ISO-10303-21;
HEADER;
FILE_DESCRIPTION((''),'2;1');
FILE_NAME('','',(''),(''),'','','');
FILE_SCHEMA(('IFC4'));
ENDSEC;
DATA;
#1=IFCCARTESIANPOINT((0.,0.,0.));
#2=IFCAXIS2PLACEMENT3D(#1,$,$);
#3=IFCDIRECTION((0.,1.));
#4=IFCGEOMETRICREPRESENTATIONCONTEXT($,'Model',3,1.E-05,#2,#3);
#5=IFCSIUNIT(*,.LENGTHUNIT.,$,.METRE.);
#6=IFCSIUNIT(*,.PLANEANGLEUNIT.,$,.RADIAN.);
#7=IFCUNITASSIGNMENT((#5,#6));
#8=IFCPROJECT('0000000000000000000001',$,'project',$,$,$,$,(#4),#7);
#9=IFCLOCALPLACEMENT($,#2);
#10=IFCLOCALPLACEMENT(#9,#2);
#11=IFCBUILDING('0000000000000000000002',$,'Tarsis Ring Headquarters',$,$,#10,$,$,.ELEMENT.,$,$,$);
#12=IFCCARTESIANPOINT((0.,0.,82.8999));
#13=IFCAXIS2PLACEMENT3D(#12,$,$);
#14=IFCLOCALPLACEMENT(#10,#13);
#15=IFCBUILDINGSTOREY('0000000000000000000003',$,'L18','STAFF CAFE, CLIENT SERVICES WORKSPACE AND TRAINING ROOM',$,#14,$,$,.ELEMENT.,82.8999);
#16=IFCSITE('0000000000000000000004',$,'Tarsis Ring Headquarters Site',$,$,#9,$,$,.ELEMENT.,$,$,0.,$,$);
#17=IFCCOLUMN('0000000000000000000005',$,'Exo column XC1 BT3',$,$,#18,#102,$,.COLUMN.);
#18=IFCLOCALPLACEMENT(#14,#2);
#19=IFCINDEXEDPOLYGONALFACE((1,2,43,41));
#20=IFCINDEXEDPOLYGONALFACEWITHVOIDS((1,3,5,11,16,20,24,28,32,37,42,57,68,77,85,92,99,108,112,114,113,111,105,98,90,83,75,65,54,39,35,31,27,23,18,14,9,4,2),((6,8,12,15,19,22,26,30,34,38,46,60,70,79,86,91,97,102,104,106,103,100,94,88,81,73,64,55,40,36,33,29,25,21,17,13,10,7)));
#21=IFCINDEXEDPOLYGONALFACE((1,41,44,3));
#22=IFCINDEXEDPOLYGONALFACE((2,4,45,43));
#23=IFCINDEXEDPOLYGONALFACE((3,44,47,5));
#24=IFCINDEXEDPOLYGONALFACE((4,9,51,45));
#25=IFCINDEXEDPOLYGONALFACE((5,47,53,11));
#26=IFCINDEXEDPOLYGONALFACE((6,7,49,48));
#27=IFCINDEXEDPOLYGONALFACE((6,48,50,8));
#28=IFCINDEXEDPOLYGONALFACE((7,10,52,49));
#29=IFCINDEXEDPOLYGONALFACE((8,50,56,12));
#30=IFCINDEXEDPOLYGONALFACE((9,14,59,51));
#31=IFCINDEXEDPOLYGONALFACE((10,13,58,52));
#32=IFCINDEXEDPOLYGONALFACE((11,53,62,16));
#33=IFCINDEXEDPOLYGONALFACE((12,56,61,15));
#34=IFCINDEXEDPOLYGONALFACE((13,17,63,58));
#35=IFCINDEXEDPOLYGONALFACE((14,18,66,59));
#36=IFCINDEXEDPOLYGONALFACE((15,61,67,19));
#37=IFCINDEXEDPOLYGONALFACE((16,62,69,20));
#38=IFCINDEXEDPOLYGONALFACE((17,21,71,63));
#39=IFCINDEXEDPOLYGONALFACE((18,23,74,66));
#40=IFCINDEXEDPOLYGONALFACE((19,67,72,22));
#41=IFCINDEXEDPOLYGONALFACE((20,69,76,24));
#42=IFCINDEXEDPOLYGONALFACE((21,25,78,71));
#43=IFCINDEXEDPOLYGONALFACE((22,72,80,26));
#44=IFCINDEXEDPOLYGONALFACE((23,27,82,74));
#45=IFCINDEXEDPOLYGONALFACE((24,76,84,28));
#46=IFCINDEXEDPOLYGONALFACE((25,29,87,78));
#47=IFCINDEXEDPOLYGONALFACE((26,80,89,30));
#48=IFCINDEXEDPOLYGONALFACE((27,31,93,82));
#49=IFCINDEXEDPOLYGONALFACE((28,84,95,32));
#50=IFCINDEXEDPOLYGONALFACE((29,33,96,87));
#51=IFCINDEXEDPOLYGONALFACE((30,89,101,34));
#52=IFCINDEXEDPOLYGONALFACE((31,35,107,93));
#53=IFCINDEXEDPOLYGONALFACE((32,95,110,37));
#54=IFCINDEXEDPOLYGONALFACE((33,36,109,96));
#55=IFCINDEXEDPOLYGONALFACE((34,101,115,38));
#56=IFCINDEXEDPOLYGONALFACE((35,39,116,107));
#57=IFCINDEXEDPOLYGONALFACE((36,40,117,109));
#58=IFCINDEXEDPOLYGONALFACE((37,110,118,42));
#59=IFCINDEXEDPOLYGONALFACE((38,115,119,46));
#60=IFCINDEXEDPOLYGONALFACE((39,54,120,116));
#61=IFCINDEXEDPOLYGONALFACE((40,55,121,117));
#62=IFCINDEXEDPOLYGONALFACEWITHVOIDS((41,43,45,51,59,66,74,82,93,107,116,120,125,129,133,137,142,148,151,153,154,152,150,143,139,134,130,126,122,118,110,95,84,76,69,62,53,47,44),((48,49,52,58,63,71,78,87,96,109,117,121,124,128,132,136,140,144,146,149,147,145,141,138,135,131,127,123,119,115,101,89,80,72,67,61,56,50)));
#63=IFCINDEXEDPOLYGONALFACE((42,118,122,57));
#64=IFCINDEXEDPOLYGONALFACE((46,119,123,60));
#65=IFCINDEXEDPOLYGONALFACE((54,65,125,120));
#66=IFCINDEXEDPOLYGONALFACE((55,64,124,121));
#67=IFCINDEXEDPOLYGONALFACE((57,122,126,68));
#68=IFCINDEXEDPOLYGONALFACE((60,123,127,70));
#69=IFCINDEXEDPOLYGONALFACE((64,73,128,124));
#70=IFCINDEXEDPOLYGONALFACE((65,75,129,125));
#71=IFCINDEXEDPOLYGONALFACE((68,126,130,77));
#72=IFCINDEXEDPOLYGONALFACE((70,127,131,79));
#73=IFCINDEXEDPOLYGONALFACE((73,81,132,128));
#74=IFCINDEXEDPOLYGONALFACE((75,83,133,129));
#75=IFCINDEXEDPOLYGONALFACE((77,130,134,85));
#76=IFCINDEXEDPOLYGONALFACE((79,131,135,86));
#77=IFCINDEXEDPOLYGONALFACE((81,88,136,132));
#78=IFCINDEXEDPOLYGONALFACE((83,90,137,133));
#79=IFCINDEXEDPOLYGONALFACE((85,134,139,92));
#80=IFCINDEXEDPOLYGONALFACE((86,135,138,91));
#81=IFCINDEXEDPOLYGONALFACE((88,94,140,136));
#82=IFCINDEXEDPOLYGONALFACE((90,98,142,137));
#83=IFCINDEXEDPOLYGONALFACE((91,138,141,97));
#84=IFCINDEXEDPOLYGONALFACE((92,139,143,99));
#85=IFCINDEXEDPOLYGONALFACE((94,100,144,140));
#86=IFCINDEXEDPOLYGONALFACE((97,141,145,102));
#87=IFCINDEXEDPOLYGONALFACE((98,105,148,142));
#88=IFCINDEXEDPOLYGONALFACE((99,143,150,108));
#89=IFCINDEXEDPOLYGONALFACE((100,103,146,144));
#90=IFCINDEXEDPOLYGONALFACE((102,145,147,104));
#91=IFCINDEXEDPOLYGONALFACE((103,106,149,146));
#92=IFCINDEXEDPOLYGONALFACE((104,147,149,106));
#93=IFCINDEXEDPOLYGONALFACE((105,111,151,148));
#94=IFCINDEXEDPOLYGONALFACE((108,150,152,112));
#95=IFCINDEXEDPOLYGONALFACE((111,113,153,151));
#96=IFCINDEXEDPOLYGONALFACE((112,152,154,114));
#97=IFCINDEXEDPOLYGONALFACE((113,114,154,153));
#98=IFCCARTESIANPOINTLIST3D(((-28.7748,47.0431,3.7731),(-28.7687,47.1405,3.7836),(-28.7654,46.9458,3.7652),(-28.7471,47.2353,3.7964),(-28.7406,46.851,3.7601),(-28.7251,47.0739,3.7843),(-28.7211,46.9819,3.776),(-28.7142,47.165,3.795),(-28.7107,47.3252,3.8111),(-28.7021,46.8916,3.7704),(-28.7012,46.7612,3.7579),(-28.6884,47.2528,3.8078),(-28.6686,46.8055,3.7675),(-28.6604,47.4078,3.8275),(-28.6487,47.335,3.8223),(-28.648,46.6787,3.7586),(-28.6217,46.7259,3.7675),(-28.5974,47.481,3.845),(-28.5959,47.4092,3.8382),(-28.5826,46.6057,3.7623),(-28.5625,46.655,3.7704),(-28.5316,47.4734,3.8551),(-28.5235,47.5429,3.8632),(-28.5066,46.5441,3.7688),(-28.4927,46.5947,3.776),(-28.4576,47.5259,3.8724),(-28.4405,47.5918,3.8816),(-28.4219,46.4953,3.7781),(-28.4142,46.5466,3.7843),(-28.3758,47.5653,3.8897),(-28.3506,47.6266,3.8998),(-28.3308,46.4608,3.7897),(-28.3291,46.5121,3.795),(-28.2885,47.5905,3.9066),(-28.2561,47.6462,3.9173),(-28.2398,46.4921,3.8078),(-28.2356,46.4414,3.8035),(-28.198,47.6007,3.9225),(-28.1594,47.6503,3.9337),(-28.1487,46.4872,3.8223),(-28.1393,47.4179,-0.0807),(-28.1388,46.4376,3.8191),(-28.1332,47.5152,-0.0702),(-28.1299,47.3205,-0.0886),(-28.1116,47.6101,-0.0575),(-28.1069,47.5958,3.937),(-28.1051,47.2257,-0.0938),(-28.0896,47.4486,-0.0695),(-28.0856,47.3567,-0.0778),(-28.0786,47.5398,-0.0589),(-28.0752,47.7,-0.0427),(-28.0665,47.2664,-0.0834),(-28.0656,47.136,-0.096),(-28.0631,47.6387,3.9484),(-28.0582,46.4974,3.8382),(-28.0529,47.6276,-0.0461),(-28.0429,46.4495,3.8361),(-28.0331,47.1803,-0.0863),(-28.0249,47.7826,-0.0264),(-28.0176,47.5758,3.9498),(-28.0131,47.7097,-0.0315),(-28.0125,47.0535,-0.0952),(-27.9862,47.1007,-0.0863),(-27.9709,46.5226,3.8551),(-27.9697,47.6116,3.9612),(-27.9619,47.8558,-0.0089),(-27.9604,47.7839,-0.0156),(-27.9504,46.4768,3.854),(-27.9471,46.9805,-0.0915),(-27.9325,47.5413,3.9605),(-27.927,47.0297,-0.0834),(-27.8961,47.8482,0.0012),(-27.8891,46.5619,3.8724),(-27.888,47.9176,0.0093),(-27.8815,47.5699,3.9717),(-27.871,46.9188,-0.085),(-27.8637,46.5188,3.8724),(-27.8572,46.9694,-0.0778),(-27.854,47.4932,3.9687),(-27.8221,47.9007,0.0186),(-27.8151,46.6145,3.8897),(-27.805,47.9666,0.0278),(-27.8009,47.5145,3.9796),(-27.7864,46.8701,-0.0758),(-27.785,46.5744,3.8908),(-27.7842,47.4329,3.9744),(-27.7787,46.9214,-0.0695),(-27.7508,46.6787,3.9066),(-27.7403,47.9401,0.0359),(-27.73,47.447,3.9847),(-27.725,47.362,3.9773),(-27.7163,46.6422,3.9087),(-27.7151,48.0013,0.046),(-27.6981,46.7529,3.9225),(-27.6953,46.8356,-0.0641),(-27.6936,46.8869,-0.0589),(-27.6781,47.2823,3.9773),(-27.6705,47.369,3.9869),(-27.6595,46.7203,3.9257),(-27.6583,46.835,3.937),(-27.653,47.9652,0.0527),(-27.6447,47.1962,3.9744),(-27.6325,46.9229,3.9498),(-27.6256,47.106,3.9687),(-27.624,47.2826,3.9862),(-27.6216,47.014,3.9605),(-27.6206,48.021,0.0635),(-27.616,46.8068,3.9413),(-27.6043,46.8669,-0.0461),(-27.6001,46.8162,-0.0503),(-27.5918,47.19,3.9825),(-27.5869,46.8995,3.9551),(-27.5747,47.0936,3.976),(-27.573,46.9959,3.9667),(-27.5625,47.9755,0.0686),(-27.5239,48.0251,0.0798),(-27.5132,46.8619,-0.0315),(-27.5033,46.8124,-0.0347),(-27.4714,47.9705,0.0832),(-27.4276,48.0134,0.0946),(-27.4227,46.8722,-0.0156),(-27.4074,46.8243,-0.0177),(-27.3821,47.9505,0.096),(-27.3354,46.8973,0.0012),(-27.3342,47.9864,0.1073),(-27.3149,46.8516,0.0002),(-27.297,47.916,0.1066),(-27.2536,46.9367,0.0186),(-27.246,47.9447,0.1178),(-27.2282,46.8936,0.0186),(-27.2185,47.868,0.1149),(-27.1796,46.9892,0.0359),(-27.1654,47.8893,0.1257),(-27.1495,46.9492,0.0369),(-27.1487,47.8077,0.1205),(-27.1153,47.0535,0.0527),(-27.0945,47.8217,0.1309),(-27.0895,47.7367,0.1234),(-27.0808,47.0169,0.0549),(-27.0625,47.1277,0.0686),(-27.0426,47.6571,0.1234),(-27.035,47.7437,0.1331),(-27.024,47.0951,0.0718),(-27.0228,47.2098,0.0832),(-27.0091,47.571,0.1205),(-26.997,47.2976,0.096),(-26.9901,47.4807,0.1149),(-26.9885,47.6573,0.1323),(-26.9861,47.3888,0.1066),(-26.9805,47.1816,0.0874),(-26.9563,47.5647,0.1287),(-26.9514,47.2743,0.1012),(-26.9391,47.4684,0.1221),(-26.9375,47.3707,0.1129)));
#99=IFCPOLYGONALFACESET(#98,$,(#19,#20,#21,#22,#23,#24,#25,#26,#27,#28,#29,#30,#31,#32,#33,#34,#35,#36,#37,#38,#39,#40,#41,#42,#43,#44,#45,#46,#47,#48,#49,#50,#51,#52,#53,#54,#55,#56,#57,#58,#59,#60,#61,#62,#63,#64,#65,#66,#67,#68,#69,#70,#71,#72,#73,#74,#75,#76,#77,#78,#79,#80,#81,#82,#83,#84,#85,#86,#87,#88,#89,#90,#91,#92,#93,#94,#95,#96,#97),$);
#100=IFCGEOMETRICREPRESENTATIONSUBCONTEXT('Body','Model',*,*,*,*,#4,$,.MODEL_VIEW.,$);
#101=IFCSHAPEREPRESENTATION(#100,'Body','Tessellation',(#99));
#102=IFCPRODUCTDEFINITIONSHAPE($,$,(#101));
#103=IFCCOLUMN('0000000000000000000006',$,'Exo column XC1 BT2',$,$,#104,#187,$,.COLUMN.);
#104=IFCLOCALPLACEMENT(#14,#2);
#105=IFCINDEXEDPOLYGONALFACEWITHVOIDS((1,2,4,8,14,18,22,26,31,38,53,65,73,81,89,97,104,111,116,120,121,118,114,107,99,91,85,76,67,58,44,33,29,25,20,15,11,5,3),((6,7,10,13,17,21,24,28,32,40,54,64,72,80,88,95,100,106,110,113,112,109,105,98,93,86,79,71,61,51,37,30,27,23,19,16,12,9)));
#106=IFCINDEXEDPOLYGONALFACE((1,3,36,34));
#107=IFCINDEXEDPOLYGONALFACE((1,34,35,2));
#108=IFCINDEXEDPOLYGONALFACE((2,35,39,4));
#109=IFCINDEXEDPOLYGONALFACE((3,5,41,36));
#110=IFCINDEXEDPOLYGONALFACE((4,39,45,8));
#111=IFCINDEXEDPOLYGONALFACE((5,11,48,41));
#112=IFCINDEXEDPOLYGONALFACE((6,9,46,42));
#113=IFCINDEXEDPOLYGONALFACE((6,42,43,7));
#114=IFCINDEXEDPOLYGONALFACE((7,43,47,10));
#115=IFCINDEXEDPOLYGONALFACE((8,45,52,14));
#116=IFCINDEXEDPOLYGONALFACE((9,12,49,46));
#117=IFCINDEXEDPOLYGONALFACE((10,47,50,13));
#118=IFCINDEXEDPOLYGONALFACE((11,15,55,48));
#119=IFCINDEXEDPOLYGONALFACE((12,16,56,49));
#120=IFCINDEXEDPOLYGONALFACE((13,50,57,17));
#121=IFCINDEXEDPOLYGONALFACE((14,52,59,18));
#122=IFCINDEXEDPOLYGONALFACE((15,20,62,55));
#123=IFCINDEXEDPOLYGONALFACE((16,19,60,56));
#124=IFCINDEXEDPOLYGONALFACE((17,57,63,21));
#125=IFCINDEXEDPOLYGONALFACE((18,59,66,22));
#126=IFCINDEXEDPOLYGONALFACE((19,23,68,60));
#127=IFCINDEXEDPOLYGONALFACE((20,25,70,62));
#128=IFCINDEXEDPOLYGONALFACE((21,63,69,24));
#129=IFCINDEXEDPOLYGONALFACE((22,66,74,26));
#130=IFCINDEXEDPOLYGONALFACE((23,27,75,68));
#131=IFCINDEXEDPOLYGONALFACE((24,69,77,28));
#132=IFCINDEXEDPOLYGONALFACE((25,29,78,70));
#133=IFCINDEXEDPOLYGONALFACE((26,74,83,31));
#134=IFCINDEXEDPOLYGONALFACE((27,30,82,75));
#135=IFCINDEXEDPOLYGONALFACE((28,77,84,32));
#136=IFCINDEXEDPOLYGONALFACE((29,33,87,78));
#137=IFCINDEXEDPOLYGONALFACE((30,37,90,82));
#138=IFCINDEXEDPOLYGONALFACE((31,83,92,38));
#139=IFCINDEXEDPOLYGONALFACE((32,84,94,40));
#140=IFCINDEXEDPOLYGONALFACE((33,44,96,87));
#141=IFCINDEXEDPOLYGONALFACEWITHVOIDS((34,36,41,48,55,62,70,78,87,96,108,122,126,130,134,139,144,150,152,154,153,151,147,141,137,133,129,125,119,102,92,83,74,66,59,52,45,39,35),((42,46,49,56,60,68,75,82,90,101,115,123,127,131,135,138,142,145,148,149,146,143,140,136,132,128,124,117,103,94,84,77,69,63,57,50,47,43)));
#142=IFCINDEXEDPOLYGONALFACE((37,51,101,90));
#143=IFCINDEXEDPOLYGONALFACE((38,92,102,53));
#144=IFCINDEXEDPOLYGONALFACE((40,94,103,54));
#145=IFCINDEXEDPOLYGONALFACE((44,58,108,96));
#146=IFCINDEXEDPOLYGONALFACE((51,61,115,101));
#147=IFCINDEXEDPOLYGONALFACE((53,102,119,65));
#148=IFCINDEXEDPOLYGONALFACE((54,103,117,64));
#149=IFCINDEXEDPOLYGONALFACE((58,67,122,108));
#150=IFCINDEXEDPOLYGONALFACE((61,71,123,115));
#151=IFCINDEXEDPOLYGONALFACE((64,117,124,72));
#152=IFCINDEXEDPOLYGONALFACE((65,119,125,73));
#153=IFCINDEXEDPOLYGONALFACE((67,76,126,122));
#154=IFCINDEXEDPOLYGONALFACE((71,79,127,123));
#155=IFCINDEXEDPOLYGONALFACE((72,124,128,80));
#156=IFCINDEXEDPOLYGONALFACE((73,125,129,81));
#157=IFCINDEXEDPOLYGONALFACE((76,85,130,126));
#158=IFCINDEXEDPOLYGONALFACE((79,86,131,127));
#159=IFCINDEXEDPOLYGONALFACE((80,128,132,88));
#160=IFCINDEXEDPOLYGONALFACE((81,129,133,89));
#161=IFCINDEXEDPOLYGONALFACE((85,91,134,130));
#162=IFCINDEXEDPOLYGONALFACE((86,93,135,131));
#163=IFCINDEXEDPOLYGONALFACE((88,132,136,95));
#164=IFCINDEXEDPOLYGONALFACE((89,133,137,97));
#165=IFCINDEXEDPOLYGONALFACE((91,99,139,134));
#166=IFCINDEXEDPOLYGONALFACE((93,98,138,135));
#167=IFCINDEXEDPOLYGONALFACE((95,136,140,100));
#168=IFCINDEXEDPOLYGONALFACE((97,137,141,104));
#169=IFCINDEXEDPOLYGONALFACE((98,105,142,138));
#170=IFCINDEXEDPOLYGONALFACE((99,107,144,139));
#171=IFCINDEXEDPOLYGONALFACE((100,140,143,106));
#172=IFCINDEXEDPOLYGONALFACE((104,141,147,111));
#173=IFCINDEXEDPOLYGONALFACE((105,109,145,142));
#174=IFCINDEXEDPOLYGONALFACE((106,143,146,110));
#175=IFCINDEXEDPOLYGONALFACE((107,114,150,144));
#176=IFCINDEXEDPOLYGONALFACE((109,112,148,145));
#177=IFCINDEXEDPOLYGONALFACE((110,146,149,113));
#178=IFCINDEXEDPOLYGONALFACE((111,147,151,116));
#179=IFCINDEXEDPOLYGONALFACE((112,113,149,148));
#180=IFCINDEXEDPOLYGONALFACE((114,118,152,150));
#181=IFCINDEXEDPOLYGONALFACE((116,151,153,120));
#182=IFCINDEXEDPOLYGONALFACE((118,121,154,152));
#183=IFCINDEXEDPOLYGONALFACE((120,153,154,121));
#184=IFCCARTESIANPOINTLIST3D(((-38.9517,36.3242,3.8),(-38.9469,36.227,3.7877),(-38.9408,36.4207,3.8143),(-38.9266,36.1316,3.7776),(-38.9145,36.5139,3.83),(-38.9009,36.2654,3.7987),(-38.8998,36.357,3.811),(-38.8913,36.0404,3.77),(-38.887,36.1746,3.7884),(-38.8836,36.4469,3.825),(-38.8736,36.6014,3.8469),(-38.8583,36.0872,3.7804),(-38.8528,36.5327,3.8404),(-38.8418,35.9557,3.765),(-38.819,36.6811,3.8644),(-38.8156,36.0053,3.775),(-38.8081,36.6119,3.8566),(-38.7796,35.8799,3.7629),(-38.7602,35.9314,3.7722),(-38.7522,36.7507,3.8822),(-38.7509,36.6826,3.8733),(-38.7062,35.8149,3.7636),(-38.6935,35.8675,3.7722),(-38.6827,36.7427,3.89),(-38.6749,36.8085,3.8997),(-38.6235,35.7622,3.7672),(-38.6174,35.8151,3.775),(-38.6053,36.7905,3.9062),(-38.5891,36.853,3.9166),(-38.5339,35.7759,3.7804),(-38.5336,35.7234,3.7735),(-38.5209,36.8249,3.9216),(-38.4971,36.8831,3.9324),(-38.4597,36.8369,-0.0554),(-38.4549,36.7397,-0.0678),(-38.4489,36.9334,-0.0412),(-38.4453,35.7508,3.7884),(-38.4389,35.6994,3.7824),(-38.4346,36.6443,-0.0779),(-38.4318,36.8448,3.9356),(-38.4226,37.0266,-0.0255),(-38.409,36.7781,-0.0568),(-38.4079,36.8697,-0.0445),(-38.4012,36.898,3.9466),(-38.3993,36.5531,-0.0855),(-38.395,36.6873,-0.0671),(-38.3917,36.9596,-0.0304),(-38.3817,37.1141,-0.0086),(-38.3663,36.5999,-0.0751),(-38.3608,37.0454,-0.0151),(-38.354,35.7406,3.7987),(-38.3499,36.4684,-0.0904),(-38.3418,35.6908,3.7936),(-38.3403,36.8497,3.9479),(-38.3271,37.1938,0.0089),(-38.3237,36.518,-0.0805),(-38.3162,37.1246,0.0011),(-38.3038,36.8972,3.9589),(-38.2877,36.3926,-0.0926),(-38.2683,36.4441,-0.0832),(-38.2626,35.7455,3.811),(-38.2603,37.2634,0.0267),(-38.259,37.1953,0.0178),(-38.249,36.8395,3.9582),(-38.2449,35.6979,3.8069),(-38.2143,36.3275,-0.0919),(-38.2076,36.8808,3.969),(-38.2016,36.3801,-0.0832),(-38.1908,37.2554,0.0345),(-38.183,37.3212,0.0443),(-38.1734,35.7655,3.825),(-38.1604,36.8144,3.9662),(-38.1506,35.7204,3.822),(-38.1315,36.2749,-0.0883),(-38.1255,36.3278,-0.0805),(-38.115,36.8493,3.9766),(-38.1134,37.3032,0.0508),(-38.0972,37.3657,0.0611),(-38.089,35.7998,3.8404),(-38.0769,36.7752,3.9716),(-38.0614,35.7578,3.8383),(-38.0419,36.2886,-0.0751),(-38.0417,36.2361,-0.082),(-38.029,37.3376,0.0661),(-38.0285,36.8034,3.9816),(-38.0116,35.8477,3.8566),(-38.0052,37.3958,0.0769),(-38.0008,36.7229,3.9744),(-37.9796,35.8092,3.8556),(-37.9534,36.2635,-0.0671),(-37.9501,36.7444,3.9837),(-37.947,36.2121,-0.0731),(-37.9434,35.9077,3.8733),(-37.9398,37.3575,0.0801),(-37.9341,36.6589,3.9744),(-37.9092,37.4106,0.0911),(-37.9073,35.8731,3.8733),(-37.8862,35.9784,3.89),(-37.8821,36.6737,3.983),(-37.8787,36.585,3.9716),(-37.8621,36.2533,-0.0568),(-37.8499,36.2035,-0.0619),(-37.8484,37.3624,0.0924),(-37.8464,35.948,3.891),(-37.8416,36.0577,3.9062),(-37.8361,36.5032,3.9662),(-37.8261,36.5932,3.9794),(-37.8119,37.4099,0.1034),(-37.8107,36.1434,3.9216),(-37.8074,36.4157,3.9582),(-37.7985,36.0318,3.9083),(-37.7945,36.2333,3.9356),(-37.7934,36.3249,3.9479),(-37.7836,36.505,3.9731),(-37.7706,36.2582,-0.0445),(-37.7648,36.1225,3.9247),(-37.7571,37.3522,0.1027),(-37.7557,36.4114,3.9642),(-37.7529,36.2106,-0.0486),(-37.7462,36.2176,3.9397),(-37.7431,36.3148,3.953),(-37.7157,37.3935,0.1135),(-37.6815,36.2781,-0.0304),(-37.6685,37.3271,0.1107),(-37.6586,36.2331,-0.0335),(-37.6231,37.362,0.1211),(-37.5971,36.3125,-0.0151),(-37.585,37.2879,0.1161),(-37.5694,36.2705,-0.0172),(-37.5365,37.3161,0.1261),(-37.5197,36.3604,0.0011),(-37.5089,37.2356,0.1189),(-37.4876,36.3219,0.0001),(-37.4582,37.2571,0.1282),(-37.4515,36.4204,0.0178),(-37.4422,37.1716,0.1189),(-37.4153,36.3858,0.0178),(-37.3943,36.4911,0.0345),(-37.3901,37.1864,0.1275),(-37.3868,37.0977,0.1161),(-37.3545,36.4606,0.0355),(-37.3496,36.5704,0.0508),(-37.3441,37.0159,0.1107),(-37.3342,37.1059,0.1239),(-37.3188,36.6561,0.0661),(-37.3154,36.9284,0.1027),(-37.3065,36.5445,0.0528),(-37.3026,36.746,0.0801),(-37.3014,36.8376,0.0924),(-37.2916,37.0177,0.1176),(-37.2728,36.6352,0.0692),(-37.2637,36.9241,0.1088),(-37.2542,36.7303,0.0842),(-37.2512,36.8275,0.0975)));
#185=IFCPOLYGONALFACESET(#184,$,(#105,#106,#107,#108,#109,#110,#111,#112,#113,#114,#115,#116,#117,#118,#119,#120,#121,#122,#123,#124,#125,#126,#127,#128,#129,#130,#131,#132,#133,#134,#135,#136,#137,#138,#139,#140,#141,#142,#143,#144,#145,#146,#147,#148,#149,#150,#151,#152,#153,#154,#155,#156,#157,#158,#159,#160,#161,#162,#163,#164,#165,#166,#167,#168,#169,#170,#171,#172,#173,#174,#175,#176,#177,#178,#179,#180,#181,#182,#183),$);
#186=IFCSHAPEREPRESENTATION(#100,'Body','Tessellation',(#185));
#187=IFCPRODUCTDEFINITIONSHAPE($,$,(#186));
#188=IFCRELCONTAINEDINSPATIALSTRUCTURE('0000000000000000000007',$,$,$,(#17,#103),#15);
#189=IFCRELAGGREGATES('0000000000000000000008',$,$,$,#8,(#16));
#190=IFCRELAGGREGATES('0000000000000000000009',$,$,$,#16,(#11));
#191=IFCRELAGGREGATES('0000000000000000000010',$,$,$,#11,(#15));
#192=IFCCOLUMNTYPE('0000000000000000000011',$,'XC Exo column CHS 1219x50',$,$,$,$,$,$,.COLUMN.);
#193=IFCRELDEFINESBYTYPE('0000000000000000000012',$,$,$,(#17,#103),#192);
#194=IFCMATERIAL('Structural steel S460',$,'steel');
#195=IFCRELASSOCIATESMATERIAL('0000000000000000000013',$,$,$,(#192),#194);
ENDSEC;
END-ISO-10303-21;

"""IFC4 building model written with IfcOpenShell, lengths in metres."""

from ifc_helpers import new_model, si_unit, direction, frame, origin, origin_2d, place, context, subcontext, project, spatial, hollow_circle, extrude, material, material_profile, profile_set, type_object, element, save


model = new_model("IFC4")

# Units and contexts
model_context = context("Model", 3, precision=1e-05, world=origin(), true_north=direction((0.0, 1.0)))
body_context = subcontext(model_context, "Body", "Model", "MODEL_VIEW")
ifc_project = project(units=[si_unit("LENGTHUNIT", "METRE"), si_unit("PLANEANGLEUNIT", "RADIAN")], contexts=[model_context])

# Site, building, storey
site_placement = place(None, origin())
site = spatial("IfcSite", under=ifc_project, at=site_placement, Name="Tarsis Ring Headquarters Site", CompositionType="ELEMENT", RefElevation=0.0)
building_placement = place(site_placement, origin())
building = spatial("IfcBuilding", under=site, at=building_placement, Name="Tarsis Ring Headquarters", CompositionType="ELEMENT")
storey_placement = place(building_placement, frame((0.0, 0.0, 82.8999)))
storey = spatial("IfcBuildingStorey", under=building, at=storey_placement, Name="L18", Description="STAFF CAFE, CLIENT SERVICES WORKSPACE AND TRAINING ROOM", CompositionType="ELEMENT", Elevation=82.8999)

# Columns
ifc_material_1 = material(Name="Structural steel S460", Category="steel")
ifc_material_profile_1 = material_profile(ifc_material_1, hollow_circle(Radius=0.6096, WallThickness=0.05, at=origin_2d()), Name="CHS 1219x50")
ifc_profile_set_1 = profile_set([ifc_material_profile_1], Name="Structural steel S460")
column_type = type_object("IfcColumnType", Name="XC Exo column CHS 1219x50", PredefinedType="COLUMN", material=ifc_profile_set_1)
column_1_placement = place(storey_placement, frame((-27.5378, 47.4187, 0.0186), z_axis=(-0.161962, -0.09551, 0.982164), x_axis=(0.50796, -0.861381, 0.0)))
element("IfcColumn", 1, at=column_1_placement, inside=storey, type_object=column_type, Name="Exo column XC1 BT3", PredefinedType="COLUMN", context=body_context, shape_type="SweptSolid", body=[
    extrude(hollow_circle(Radius=0.6096, WallThickness=0.05, at=origin_2d()), origin(), (0.0, 0.0, 1.0), 3.9238),
])
column_2_placement = place(storey_placement, frame((-37.8552, 36.8079, 0.0178), z_axis=(-0.125483, -0.130776, 0.983439), x_axis=(0.721559, -0.692353, 0.0)))
element("IfcColumn", 2, at=column_2_placement, inside=storey, type_object=column_type, Name="Exo column XC1 BT2", PredefinedType="COLUMN", context=body_context, shape_type="SweptSolid", body=[
    extrude(hollow_circle(Radius=0.6096, WallThickness=0.05, at=origin_2d()), origin(), (0.0, 0.0, 1.0), 3.9204),
])

save(model, "model.ifc")
